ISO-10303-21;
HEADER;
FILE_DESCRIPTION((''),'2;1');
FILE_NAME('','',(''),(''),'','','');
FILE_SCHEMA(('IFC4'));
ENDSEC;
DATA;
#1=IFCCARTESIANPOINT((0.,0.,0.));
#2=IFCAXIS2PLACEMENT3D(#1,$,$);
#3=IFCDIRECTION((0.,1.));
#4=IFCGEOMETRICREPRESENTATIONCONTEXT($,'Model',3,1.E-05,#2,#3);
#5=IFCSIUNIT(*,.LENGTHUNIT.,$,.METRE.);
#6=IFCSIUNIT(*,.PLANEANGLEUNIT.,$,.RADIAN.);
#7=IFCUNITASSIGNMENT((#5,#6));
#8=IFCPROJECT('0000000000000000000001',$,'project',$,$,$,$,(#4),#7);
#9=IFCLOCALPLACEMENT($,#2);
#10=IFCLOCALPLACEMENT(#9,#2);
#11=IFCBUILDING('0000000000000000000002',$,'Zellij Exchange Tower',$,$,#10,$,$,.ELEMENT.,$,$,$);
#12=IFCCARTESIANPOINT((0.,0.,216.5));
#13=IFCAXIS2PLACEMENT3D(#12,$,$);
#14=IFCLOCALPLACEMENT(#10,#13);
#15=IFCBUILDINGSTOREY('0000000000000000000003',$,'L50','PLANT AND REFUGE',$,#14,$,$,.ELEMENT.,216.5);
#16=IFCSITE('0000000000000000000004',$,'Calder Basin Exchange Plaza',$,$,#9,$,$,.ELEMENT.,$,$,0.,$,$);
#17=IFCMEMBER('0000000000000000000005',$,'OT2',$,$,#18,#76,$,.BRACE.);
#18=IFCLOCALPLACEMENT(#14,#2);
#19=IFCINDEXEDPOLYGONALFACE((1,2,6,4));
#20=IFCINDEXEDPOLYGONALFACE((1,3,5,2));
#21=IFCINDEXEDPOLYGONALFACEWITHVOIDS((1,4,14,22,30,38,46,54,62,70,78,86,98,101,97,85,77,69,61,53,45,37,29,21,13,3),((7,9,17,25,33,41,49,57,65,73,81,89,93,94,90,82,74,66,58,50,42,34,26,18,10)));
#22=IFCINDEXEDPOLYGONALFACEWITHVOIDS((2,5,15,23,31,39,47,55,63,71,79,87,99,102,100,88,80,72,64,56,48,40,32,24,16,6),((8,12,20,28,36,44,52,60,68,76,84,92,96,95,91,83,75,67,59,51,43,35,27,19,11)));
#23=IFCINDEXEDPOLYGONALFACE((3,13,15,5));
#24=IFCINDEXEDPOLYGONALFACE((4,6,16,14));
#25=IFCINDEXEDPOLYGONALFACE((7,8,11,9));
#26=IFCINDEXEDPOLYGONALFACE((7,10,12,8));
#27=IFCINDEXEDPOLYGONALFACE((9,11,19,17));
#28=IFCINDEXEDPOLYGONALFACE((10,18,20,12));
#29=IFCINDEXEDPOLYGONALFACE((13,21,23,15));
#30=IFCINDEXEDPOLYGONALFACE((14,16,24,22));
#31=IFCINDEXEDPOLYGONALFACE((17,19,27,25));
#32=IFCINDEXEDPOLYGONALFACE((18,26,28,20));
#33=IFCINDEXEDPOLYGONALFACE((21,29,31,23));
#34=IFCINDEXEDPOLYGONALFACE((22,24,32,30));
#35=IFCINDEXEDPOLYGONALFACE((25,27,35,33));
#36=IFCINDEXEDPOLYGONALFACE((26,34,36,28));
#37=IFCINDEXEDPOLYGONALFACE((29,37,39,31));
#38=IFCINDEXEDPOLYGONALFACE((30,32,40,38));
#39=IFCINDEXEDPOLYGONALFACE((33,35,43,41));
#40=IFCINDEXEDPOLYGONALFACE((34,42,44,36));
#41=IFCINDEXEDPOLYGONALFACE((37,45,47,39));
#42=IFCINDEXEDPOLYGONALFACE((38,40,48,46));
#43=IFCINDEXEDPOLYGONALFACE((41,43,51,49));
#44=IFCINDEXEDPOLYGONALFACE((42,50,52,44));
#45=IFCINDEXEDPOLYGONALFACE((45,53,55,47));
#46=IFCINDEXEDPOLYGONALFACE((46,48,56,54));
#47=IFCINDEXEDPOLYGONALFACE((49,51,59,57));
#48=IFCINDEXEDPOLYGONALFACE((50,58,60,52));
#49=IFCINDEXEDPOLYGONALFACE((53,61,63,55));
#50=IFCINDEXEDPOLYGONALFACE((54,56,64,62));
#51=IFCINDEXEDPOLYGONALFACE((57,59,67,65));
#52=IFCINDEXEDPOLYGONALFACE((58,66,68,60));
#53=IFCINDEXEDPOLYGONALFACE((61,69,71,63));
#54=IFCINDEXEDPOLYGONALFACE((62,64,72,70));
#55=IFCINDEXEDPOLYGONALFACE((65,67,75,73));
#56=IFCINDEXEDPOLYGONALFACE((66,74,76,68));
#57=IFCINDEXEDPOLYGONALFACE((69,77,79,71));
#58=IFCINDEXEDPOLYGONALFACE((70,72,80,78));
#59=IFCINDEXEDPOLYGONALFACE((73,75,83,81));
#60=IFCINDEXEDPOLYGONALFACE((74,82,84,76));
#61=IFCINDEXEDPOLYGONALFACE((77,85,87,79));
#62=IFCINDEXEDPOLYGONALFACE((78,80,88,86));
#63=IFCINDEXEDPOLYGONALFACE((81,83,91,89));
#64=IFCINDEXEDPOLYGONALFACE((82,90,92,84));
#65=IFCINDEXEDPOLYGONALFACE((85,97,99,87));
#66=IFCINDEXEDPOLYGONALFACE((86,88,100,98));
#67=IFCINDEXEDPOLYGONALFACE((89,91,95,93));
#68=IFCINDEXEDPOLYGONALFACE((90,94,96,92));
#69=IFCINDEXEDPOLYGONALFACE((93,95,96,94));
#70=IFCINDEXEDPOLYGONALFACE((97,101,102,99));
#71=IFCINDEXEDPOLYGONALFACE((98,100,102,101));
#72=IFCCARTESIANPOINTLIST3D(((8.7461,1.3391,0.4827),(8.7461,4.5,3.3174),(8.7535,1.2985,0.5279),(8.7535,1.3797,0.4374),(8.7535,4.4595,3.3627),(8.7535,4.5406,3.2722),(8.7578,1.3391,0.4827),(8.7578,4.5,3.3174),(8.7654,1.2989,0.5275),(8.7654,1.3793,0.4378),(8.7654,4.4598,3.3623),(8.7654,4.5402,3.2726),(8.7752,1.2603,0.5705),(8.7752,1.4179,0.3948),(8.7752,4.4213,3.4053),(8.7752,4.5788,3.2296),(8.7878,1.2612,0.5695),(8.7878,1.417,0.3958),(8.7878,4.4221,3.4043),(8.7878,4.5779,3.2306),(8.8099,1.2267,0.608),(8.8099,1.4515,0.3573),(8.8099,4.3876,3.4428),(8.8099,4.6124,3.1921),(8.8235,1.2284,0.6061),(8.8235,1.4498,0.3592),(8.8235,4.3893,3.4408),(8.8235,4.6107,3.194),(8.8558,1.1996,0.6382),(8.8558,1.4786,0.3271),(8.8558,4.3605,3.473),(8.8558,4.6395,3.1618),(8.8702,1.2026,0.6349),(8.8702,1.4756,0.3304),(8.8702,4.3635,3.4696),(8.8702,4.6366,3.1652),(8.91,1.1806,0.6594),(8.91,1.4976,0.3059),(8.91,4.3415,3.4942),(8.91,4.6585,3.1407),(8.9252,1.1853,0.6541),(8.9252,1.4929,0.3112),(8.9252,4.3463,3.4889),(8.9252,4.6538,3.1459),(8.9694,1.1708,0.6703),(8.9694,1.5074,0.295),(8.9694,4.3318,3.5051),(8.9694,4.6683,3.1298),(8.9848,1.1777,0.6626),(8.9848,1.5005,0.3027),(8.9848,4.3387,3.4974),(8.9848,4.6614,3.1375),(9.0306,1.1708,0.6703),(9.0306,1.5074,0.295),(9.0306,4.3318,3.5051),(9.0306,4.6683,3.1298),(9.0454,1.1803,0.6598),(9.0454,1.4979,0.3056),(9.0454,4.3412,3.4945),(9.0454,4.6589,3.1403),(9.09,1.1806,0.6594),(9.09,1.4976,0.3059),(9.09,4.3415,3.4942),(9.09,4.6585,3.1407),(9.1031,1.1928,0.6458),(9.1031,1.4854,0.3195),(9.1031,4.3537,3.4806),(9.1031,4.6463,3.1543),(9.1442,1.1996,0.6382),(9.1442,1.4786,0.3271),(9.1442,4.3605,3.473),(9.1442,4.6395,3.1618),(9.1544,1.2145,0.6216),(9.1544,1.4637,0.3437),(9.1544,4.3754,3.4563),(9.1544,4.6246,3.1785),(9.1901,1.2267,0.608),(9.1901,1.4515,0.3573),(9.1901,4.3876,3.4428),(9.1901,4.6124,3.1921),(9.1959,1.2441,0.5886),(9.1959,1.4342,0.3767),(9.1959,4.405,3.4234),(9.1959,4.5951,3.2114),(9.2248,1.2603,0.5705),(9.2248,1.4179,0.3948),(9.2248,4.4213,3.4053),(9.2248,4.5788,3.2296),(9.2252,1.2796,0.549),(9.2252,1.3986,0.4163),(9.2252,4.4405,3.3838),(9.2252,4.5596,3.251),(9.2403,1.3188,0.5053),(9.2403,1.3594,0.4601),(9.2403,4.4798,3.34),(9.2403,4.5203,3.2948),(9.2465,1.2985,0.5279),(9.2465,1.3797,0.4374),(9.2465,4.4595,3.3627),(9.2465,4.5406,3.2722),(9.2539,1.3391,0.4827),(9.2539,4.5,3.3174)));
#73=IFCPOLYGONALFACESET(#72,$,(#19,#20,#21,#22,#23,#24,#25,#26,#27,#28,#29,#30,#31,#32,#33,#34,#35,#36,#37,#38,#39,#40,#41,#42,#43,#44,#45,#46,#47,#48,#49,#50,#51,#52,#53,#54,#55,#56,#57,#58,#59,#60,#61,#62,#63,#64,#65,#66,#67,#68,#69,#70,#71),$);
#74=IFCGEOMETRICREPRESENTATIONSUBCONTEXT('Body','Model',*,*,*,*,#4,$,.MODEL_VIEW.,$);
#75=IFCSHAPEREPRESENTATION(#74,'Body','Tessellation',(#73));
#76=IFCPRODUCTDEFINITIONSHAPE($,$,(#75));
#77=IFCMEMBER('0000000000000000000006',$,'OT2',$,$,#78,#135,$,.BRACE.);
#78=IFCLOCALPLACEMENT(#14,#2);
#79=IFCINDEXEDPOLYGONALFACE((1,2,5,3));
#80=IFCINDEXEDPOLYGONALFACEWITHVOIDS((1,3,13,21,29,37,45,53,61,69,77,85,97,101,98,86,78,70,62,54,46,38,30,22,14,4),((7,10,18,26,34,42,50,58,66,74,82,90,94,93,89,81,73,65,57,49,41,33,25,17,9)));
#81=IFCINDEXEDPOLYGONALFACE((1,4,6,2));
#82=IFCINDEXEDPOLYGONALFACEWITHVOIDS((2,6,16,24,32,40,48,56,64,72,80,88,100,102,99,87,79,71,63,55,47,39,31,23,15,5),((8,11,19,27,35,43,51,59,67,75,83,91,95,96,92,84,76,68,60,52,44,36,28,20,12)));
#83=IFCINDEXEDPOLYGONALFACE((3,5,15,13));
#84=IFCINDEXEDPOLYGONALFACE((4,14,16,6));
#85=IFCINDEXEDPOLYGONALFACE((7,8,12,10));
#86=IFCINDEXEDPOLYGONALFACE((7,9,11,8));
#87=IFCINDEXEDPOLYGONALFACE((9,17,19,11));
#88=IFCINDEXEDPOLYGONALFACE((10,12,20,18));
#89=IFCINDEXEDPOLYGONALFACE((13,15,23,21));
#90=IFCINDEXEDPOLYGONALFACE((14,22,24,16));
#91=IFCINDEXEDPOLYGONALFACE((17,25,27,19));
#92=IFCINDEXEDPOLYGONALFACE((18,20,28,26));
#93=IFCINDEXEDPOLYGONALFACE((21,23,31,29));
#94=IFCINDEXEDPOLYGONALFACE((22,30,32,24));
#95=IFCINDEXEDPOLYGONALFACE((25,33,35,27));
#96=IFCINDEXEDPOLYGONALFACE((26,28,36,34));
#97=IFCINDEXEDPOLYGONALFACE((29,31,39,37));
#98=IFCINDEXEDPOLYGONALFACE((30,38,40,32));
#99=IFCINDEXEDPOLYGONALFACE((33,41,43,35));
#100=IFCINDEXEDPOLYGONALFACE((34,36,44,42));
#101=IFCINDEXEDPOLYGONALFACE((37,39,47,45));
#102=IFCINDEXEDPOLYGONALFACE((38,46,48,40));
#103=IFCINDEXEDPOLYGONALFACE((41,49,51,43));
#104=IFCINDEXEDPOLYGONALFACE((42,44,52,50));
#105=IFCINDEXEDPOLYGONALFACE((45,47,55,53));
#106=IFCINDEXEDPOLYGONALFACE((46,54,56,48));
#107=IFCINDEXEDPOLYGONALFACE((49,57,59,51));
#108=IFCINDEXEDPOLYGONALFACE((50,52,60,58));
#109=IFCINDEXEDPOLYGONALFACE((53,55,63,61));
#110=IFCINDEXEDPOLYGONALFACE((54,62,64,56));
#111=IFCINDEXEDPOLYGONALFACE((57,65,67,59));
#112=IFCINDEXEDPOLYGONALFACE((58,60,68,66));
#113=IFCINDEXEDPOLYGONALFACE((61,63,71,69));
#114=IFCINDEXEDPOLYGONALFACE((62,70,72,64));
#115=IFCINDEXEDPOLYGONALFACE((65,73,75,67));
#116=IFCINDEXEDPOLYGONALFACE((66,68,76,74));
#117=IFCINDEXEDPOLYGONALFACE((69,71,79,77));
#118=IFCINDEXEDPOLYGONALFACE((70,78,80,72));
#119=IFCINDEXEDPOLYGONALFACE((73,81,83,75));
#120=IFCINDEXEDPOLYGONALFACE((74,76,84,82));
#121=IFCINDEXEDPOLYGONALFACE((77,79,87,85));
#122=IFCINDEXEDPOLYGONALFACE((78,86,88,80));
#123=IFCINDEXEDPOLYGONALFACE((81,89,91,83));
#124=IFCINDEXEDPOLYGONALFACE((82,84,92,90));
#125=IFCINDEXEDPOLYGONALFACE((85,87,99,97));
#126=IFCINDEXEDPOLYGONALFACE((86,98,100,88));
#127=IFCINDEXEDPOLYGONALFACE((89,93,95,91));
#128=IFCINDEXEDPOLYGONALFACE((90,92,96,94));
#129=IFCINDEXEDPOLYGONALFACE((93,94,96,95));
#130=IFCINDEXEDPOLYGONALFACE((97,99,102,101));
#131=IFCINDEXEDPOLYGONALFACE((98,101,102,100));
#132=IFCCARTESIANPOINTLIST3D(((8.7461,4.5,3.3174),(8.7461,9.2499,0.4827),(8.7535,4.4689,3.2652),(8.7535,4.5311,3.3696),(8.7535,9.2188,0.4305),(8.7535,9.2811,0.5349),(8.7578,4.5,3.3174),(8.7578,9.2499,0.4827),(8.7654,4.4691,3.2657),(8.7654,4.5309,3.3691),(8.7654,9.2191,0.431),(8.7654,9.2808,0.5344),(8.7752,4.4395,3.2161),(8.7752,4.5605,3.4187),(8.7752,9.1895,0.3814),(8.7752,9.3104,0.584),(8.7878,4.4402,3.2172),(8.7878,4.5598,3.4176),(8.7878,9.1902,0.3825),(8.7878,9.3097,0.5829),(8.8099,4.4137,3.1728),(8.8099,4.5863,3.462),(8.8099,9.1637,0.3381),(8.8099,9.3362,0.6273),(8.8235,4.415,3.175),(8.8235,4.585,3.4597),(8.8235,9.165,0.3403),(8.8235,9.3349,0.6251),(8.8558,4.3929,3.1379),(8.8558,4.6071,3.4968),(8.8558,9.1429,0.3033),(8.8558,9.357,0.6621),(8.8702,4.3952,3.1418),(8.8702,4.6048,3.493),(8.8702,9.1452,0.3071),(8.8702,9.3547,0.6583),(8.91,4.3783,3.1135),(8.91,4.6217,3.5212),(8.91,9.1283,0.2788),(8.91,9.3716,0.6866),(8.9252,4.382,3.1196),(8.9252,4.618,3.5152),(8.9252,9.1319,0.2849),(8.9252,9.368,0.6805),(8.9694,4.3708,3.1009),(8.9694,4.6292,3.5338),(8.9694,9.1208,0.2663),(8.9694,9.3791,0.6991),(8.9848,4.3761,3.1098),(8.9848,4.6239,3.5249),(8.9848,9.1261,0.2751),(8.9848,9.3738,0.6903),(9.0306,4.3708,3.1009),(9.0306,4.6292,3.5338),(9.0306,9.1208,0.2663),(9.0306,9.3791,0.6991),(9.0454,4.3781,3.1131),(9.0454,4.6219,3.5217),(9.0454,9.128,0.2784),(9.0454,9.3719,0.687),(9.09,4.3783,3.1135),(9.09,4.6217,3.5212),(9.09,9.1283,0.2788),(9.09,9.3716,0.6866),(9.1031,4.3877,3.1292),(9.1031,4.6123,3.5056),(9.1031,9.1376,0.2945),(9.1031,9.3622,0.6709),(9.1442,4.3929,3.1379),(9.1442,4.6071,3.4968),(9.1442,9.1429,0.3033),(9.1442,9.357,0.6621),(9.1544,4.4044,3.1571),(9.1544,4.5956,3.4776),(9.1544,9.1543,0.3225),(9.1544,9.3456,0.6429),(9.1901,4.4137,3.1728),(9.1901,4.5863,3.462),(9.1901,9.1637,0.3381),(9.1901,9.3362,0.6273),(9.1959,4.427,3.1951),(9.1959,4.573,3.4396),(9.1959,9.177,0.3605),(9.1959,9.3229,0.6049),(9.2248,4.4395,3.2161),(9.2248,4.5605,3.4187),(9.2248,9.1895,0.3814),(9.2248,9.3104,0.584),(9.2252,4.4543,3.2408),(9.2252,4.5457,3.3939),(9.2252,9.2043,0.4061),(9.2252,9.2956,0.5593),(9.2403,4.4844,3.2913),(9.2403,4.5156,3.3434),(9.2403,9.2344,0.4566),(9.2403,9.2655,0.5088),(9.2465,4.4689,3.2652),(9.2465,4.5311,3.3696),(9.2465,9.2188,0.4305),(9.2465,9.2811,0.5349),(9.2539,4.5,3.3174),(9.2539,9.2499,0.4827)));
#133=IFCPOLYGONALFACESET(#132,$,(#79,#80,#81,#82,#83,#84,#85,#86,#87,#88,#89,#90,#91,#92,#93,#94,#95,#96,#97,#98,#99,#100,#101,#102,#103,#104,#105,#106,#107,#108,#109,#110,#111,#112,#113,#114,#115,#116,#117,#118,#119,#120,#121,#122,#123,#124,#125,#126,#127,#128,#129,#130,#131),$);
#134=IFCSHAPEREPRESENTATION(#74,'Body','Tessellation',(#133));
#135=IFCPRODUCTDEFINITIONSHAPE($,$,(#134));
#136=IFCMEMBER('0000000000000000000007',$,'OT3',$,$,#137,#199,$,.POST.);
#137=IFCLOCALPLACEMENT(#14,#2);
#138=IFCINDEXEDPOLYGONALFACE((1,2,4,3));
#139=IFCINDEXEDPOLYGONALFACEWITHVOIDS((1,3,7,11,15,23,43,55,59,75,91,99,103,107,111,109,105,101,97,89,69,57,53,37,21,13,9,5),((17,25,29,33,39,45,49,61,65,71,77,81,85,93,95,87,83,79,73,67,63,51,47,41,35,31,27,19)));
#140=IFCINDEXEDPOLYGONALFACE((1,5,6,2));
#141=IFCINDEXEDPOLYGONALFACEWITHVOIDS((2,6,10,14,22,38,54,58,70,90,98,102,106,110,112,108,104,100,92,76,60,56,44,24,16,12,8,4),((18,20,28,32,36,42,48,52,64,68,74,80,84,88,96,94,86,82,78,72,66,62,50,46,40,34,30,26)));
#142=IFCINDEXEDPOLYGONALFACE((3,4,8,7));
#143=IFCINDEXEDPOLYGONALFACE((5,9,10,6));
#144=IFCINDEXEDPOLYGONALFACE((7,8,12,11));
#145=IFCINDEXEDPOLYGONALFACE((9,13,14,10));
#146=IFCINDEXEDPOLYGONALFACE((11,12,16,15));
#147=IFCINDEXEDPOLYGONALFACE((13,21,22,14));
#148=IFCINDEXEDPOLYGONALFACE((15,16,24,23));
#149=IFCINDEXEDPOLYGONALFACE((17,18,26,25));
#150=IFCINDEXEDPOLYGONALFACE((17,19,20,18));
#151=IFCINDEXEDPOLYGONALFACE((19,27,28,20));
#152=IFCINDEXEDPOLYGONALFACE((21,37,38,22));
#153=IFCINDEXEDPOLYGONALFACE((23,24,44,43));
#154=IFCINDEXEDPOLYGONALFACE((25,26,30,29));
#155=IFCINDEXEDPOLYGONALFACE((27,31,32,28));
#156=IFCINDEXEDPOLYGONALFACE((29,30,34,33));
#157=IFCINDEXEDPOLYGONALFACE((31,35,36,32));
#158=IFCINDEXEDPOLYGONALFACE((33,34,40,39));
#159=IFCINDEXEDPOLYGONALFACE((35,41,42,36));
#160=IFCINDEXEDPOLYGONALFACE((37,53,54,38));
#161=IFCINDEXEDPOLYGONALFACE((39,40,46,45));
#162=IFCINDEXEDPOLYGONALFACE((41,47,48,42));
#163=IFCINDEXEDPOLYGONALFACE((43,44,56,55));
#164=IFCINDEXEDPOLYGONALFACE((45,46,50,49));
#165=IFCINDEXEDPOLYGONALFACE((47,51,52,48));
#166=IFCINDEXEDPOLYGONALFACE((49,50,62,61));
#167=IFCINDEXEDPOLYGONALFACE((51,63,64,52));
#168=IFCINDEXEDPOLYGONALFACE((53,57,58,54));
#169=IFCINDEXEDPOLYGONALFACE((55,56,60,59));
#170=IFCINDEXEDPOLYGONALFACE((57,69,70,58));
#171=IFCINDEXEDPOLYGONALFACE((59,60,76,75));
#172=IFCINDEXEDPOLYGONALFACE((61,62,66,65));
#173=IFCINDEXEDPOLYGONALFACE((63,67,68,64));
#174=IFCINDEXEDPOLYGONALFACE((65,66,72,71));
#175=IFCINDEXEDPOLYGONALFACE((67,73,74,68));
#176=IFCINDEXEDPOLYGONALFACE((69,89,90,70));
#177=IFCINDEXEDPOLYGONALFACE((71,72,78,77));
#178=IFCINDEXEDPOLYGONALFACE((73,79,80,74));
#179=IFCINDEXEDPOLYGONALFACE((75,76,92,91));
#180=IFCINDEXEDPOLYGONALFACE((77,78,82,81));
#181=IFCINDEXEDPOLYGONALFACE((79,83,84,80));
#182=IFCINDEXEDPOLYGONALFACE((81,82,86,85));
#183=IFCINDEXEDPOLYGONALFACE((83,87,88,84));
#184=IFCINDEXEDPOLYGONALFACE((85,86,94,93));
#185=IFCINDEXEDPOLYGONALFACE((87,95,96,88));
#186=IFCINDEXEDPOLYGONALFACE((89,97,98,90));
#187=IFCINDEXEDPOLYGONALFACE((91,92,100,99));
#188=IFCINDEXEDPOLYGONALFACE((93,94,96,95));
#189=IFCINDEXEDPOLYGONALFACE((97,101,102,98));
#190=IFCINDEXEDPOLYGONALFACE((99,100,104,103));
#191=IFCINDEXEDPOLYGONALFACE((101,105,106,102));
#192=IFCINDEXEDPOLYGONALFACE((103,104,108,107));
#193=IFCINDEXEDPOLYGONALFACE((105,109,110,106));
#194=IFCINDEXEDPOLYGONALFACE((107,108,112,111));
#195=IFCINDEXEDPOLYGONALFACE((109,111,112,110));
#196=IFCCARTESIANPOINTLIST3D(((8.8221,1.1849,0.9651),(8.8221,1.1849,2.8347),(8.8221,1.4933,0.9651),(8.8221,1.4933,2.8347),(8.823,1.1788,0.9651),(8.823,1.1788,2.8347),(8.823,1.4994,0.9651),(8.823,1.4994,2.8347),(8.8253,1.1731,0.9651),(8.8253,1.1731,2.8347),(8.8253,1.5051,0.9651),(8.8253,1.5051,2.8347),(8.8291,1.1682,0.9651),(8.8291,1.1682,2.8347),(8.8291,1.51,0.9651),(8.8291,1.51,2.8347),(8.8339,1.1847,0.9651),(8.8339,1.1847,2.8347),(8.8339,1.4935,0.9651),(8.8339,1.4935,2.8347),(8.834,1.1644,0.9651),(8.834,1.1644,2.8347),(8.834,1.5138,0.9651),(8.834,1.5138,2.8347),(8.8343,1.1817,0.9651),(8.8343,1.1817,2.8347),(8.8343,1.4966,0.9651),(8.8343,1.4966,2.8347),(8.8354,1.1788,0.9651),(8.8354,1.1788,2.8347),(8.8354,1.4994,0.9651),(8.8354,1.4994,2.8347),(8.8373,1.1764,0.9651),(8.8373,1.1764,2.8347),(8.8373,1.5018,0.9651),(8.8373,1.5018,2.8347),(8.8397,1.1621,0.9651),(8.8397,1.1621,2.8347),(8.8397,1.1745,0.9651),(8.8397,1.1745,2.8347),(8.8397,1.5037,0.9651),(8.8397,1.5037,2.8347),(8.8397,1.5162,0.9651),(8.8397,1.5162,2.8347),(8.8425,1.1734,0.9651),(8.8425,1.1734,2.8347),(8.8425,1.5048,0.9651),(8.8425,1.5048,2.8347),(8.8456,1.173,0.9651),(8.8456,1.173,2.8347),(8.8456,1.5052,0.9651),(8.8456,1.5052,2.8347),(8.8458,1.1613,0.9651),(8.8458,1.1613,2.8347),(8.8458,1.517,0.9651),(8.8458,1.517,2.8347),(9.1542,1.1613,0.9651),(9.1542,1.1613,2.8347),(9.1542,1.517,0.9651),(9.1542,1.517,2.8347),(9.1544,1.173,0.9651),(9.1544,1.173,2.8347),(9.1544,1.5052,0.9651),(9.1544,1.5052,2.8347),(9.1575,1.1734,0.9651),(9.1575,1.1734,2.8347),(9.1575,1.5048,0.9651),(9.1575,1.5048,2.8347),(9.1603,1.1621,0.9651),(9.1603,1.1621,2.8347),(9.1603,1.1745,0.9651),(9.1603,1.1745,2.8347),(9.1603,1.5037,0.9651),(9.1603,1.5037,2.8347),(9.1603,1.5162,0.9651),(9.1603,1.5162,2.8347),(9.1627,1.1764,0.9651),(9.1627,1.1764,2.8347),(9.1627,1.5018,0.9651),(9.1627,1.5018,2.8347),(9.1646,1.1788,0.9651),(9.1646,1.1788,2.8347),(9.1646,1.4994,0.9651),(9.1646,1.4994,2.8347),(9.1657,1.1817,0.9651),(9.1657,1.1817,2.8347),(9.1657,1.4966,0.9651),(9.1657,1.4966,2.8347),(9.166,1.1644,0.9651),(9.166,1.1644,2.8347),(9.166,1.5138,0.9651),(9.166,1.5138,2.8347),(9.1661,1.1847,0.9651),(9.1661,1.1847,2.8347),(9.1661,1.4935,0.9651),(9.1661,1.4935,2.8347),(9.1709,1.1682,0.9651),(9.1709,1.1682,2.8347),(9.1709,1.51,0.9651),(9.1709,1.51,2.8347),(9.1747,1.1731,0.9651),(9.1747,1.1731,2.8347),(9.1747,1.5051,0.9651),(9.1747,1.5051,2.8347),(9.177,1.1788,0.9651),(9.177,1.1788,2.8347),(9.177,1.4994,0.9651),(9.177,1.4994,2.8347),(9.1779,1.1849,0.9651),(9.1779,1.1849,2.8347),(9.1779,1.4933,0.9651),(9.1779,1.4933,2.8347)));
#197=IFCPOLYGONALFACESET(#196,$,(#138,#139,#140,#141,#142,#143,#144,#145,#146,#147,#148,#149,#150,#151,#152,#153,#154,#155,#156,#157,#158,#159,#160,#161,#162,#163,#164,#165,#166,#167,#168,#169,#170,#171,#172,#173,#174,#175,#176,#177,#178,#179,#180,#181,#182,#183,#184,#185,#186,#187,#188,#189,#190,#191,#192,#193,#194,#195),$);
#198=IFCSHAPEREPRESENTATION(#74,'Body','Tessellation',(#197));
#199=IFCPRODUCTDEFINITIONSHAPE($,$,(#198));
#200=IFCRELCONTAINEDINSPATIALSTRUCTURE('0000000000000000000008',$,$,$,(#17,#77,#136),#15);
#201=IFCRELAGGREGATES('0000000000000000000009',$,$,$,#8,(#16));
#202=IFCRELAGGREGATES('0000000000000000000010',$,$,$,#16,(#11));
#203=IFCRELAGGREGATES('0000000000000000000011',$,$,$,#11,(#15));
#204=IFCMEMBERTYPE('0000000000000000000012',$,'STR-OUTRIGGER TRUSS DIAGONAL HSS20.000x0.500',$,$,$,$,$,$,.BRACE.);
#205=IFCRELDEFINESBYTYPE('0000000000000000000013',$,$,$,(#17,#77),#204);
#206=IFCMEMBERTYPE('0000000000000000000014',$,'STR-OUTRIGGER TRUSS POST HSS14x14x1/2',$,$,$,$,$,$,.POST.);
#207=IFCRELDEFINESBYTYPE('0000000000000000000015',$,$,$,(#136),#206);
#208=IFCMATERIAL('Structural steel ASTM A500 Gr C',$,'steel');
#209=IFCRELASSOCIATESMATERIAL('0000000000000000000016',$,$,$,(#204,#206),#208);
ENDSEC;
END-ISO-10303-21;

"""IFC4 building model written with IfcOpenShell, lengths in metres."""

from ifc_helpers import new_model, si_unit, direction, frame, origin, origin_2d, place, context, subcontext, project, spatial, hollow_rectangle, hollow_circle, extrude, material, material_profile, profile_set, type_object, element, save


model = new_model("IFC4")

# Units and contexts
model_context = context("Model", 3, precision=1e-05, world=origin(), true_north=direction((0.0, 1.0)))
body_context = subcontext(model_context, "Body", "Model", "MODEL_VIEW")
ifc_project = project(units=[si_unit("LENGTHUNIT", "METRE"), si_unit("PLANEANGLEUNIT", "RADIAN")], contexts=[model_context])

# Site, building, storey
site_placement = place(None, origin())
site = spatial("IfcSite", under=ifc_project, at=site_placement, Name="Calder Basin Exchange Plaza", CompositionType="ELEMENT", RefElevation=0.0)
building_placement = place(site_placement, origin())
building = spatial("IfcBuilding", under=site, at=building_placement, Name="Zellij Exchange Tower", CompositionType="ELEMENT")
storey_placement = place(building_placement, frame((0.0, 0.0, 216.5)))
storey = spatial("IfcBuildingStorey", under=building, at=storey_placement, Name="L50", Description="PLANT AND REFUGE", CompositionType="ELEMENT", Elevation=216.5)

# Members
ifc_material_1 = material(Name="Structural steel ASTM A500 Gr C", Category="steel")
ifc_material_profile_1 = material_profile(ifc_material_1, hollow_circle(Radius=0.2539, WallThickness=0.0117, at=origin_2d()), Name="STR-OUTRIGGER TRUSS DIAGONAL HSS20.000x0.500")
ifc_profile_set_1 = profile_set([ifc_material_profile_1], Name="Structural steel ASTM A500 Gr C")
member_type_1 = type_object("IfcMemberType", Name="STR-OUTRIGGER TRUSS DIAGONAL HSS20.000x0.500", PredefinedType="BRACE", material=ifc_profile_set_1)
member_1_placement = place(storey_placement, frame((9.0, 1.3391, 0.4827), z_axis=(0.0, 0.744474, 0.667652), x_axis=(-1.0, 0.0, 0.0)))
element("IfcMember", 1, at=member_1_placement, inside=storey, type_object=member_type_1, Name="OT2", PredefinedType="BRACE", context=body_context, shape_type="SweptSolid", body=[
    extrude(hollow_circle(Radius=0.2539, WallThickness=0.0117, at=origin_2d()), origin(), (0.0, 0.0, 1.0), 4.2458),
])
member_2_placement = place(storey_placement, frame((9.0, 4.5, 3.3174), z_axis=(0.0, 0.858709, -0.512463), x_axis=(-1.0, 0.0, 0.0)))
element("IfcMember", 2, at=member_2_placement, inside=storey, type_object=member_type_1, Name="OT2", PredefinedType="BRACE", context=body_context, shape_type="SweptSolid", body=[
    extrude(hollow_circle(Radius=0.2539, WallThickness=0.0117, at=origin_2d()), origin(), (0.0, 0.0, 1.0), 5.5315),
])
ifc_material_profile_2 = material_profile(ifc_material_1, hollow_rectangle(XDim=0.3557, YDim=0.3557, WallThickness=0.0117, InnerFilletRadius=0.0117, OuterFilletRadius=0.0237, at=origin_2d()), Name="STR-OUTRIGGER TRUSS POST HSS14x14x1/2")
ifc_profile_set_2 = profile_set([ifc_material_profile_2], Name="Structural steel ASTM A500 Gr C")
member_type_2 = type_object("IfcMemberType", Name="STR-OUTRIGGER TRUSS POST HSS14x14x1/2", PredefinedType="POST", material=ifc_profile_set_2)
member_3_placement = place(storey_placement, frame((9.0, 1.3391, 0.9651), z_axis=(0.0, 0.0, 1.0), x_axis=(1.0, 0.0, 0.0)))
element("IfcMember", 3, at=member_3_placement, inside=storey, type_object=member_type_2, Name="OT3", PredefinedType="POST", context=body_context, shape_type="SweptSolid", body=[
    extrude(hollow_rectangle(XDim=0.3557, YDim=0.3557, WallThickness=0.0117, InnerFilletRadius=0.0117, OuterFilletRadius=0.0237, at=origin_2d()), origin(), (0.0, 0.0, 1.0), 1.8696),
])

save(model, "model.ifc")
